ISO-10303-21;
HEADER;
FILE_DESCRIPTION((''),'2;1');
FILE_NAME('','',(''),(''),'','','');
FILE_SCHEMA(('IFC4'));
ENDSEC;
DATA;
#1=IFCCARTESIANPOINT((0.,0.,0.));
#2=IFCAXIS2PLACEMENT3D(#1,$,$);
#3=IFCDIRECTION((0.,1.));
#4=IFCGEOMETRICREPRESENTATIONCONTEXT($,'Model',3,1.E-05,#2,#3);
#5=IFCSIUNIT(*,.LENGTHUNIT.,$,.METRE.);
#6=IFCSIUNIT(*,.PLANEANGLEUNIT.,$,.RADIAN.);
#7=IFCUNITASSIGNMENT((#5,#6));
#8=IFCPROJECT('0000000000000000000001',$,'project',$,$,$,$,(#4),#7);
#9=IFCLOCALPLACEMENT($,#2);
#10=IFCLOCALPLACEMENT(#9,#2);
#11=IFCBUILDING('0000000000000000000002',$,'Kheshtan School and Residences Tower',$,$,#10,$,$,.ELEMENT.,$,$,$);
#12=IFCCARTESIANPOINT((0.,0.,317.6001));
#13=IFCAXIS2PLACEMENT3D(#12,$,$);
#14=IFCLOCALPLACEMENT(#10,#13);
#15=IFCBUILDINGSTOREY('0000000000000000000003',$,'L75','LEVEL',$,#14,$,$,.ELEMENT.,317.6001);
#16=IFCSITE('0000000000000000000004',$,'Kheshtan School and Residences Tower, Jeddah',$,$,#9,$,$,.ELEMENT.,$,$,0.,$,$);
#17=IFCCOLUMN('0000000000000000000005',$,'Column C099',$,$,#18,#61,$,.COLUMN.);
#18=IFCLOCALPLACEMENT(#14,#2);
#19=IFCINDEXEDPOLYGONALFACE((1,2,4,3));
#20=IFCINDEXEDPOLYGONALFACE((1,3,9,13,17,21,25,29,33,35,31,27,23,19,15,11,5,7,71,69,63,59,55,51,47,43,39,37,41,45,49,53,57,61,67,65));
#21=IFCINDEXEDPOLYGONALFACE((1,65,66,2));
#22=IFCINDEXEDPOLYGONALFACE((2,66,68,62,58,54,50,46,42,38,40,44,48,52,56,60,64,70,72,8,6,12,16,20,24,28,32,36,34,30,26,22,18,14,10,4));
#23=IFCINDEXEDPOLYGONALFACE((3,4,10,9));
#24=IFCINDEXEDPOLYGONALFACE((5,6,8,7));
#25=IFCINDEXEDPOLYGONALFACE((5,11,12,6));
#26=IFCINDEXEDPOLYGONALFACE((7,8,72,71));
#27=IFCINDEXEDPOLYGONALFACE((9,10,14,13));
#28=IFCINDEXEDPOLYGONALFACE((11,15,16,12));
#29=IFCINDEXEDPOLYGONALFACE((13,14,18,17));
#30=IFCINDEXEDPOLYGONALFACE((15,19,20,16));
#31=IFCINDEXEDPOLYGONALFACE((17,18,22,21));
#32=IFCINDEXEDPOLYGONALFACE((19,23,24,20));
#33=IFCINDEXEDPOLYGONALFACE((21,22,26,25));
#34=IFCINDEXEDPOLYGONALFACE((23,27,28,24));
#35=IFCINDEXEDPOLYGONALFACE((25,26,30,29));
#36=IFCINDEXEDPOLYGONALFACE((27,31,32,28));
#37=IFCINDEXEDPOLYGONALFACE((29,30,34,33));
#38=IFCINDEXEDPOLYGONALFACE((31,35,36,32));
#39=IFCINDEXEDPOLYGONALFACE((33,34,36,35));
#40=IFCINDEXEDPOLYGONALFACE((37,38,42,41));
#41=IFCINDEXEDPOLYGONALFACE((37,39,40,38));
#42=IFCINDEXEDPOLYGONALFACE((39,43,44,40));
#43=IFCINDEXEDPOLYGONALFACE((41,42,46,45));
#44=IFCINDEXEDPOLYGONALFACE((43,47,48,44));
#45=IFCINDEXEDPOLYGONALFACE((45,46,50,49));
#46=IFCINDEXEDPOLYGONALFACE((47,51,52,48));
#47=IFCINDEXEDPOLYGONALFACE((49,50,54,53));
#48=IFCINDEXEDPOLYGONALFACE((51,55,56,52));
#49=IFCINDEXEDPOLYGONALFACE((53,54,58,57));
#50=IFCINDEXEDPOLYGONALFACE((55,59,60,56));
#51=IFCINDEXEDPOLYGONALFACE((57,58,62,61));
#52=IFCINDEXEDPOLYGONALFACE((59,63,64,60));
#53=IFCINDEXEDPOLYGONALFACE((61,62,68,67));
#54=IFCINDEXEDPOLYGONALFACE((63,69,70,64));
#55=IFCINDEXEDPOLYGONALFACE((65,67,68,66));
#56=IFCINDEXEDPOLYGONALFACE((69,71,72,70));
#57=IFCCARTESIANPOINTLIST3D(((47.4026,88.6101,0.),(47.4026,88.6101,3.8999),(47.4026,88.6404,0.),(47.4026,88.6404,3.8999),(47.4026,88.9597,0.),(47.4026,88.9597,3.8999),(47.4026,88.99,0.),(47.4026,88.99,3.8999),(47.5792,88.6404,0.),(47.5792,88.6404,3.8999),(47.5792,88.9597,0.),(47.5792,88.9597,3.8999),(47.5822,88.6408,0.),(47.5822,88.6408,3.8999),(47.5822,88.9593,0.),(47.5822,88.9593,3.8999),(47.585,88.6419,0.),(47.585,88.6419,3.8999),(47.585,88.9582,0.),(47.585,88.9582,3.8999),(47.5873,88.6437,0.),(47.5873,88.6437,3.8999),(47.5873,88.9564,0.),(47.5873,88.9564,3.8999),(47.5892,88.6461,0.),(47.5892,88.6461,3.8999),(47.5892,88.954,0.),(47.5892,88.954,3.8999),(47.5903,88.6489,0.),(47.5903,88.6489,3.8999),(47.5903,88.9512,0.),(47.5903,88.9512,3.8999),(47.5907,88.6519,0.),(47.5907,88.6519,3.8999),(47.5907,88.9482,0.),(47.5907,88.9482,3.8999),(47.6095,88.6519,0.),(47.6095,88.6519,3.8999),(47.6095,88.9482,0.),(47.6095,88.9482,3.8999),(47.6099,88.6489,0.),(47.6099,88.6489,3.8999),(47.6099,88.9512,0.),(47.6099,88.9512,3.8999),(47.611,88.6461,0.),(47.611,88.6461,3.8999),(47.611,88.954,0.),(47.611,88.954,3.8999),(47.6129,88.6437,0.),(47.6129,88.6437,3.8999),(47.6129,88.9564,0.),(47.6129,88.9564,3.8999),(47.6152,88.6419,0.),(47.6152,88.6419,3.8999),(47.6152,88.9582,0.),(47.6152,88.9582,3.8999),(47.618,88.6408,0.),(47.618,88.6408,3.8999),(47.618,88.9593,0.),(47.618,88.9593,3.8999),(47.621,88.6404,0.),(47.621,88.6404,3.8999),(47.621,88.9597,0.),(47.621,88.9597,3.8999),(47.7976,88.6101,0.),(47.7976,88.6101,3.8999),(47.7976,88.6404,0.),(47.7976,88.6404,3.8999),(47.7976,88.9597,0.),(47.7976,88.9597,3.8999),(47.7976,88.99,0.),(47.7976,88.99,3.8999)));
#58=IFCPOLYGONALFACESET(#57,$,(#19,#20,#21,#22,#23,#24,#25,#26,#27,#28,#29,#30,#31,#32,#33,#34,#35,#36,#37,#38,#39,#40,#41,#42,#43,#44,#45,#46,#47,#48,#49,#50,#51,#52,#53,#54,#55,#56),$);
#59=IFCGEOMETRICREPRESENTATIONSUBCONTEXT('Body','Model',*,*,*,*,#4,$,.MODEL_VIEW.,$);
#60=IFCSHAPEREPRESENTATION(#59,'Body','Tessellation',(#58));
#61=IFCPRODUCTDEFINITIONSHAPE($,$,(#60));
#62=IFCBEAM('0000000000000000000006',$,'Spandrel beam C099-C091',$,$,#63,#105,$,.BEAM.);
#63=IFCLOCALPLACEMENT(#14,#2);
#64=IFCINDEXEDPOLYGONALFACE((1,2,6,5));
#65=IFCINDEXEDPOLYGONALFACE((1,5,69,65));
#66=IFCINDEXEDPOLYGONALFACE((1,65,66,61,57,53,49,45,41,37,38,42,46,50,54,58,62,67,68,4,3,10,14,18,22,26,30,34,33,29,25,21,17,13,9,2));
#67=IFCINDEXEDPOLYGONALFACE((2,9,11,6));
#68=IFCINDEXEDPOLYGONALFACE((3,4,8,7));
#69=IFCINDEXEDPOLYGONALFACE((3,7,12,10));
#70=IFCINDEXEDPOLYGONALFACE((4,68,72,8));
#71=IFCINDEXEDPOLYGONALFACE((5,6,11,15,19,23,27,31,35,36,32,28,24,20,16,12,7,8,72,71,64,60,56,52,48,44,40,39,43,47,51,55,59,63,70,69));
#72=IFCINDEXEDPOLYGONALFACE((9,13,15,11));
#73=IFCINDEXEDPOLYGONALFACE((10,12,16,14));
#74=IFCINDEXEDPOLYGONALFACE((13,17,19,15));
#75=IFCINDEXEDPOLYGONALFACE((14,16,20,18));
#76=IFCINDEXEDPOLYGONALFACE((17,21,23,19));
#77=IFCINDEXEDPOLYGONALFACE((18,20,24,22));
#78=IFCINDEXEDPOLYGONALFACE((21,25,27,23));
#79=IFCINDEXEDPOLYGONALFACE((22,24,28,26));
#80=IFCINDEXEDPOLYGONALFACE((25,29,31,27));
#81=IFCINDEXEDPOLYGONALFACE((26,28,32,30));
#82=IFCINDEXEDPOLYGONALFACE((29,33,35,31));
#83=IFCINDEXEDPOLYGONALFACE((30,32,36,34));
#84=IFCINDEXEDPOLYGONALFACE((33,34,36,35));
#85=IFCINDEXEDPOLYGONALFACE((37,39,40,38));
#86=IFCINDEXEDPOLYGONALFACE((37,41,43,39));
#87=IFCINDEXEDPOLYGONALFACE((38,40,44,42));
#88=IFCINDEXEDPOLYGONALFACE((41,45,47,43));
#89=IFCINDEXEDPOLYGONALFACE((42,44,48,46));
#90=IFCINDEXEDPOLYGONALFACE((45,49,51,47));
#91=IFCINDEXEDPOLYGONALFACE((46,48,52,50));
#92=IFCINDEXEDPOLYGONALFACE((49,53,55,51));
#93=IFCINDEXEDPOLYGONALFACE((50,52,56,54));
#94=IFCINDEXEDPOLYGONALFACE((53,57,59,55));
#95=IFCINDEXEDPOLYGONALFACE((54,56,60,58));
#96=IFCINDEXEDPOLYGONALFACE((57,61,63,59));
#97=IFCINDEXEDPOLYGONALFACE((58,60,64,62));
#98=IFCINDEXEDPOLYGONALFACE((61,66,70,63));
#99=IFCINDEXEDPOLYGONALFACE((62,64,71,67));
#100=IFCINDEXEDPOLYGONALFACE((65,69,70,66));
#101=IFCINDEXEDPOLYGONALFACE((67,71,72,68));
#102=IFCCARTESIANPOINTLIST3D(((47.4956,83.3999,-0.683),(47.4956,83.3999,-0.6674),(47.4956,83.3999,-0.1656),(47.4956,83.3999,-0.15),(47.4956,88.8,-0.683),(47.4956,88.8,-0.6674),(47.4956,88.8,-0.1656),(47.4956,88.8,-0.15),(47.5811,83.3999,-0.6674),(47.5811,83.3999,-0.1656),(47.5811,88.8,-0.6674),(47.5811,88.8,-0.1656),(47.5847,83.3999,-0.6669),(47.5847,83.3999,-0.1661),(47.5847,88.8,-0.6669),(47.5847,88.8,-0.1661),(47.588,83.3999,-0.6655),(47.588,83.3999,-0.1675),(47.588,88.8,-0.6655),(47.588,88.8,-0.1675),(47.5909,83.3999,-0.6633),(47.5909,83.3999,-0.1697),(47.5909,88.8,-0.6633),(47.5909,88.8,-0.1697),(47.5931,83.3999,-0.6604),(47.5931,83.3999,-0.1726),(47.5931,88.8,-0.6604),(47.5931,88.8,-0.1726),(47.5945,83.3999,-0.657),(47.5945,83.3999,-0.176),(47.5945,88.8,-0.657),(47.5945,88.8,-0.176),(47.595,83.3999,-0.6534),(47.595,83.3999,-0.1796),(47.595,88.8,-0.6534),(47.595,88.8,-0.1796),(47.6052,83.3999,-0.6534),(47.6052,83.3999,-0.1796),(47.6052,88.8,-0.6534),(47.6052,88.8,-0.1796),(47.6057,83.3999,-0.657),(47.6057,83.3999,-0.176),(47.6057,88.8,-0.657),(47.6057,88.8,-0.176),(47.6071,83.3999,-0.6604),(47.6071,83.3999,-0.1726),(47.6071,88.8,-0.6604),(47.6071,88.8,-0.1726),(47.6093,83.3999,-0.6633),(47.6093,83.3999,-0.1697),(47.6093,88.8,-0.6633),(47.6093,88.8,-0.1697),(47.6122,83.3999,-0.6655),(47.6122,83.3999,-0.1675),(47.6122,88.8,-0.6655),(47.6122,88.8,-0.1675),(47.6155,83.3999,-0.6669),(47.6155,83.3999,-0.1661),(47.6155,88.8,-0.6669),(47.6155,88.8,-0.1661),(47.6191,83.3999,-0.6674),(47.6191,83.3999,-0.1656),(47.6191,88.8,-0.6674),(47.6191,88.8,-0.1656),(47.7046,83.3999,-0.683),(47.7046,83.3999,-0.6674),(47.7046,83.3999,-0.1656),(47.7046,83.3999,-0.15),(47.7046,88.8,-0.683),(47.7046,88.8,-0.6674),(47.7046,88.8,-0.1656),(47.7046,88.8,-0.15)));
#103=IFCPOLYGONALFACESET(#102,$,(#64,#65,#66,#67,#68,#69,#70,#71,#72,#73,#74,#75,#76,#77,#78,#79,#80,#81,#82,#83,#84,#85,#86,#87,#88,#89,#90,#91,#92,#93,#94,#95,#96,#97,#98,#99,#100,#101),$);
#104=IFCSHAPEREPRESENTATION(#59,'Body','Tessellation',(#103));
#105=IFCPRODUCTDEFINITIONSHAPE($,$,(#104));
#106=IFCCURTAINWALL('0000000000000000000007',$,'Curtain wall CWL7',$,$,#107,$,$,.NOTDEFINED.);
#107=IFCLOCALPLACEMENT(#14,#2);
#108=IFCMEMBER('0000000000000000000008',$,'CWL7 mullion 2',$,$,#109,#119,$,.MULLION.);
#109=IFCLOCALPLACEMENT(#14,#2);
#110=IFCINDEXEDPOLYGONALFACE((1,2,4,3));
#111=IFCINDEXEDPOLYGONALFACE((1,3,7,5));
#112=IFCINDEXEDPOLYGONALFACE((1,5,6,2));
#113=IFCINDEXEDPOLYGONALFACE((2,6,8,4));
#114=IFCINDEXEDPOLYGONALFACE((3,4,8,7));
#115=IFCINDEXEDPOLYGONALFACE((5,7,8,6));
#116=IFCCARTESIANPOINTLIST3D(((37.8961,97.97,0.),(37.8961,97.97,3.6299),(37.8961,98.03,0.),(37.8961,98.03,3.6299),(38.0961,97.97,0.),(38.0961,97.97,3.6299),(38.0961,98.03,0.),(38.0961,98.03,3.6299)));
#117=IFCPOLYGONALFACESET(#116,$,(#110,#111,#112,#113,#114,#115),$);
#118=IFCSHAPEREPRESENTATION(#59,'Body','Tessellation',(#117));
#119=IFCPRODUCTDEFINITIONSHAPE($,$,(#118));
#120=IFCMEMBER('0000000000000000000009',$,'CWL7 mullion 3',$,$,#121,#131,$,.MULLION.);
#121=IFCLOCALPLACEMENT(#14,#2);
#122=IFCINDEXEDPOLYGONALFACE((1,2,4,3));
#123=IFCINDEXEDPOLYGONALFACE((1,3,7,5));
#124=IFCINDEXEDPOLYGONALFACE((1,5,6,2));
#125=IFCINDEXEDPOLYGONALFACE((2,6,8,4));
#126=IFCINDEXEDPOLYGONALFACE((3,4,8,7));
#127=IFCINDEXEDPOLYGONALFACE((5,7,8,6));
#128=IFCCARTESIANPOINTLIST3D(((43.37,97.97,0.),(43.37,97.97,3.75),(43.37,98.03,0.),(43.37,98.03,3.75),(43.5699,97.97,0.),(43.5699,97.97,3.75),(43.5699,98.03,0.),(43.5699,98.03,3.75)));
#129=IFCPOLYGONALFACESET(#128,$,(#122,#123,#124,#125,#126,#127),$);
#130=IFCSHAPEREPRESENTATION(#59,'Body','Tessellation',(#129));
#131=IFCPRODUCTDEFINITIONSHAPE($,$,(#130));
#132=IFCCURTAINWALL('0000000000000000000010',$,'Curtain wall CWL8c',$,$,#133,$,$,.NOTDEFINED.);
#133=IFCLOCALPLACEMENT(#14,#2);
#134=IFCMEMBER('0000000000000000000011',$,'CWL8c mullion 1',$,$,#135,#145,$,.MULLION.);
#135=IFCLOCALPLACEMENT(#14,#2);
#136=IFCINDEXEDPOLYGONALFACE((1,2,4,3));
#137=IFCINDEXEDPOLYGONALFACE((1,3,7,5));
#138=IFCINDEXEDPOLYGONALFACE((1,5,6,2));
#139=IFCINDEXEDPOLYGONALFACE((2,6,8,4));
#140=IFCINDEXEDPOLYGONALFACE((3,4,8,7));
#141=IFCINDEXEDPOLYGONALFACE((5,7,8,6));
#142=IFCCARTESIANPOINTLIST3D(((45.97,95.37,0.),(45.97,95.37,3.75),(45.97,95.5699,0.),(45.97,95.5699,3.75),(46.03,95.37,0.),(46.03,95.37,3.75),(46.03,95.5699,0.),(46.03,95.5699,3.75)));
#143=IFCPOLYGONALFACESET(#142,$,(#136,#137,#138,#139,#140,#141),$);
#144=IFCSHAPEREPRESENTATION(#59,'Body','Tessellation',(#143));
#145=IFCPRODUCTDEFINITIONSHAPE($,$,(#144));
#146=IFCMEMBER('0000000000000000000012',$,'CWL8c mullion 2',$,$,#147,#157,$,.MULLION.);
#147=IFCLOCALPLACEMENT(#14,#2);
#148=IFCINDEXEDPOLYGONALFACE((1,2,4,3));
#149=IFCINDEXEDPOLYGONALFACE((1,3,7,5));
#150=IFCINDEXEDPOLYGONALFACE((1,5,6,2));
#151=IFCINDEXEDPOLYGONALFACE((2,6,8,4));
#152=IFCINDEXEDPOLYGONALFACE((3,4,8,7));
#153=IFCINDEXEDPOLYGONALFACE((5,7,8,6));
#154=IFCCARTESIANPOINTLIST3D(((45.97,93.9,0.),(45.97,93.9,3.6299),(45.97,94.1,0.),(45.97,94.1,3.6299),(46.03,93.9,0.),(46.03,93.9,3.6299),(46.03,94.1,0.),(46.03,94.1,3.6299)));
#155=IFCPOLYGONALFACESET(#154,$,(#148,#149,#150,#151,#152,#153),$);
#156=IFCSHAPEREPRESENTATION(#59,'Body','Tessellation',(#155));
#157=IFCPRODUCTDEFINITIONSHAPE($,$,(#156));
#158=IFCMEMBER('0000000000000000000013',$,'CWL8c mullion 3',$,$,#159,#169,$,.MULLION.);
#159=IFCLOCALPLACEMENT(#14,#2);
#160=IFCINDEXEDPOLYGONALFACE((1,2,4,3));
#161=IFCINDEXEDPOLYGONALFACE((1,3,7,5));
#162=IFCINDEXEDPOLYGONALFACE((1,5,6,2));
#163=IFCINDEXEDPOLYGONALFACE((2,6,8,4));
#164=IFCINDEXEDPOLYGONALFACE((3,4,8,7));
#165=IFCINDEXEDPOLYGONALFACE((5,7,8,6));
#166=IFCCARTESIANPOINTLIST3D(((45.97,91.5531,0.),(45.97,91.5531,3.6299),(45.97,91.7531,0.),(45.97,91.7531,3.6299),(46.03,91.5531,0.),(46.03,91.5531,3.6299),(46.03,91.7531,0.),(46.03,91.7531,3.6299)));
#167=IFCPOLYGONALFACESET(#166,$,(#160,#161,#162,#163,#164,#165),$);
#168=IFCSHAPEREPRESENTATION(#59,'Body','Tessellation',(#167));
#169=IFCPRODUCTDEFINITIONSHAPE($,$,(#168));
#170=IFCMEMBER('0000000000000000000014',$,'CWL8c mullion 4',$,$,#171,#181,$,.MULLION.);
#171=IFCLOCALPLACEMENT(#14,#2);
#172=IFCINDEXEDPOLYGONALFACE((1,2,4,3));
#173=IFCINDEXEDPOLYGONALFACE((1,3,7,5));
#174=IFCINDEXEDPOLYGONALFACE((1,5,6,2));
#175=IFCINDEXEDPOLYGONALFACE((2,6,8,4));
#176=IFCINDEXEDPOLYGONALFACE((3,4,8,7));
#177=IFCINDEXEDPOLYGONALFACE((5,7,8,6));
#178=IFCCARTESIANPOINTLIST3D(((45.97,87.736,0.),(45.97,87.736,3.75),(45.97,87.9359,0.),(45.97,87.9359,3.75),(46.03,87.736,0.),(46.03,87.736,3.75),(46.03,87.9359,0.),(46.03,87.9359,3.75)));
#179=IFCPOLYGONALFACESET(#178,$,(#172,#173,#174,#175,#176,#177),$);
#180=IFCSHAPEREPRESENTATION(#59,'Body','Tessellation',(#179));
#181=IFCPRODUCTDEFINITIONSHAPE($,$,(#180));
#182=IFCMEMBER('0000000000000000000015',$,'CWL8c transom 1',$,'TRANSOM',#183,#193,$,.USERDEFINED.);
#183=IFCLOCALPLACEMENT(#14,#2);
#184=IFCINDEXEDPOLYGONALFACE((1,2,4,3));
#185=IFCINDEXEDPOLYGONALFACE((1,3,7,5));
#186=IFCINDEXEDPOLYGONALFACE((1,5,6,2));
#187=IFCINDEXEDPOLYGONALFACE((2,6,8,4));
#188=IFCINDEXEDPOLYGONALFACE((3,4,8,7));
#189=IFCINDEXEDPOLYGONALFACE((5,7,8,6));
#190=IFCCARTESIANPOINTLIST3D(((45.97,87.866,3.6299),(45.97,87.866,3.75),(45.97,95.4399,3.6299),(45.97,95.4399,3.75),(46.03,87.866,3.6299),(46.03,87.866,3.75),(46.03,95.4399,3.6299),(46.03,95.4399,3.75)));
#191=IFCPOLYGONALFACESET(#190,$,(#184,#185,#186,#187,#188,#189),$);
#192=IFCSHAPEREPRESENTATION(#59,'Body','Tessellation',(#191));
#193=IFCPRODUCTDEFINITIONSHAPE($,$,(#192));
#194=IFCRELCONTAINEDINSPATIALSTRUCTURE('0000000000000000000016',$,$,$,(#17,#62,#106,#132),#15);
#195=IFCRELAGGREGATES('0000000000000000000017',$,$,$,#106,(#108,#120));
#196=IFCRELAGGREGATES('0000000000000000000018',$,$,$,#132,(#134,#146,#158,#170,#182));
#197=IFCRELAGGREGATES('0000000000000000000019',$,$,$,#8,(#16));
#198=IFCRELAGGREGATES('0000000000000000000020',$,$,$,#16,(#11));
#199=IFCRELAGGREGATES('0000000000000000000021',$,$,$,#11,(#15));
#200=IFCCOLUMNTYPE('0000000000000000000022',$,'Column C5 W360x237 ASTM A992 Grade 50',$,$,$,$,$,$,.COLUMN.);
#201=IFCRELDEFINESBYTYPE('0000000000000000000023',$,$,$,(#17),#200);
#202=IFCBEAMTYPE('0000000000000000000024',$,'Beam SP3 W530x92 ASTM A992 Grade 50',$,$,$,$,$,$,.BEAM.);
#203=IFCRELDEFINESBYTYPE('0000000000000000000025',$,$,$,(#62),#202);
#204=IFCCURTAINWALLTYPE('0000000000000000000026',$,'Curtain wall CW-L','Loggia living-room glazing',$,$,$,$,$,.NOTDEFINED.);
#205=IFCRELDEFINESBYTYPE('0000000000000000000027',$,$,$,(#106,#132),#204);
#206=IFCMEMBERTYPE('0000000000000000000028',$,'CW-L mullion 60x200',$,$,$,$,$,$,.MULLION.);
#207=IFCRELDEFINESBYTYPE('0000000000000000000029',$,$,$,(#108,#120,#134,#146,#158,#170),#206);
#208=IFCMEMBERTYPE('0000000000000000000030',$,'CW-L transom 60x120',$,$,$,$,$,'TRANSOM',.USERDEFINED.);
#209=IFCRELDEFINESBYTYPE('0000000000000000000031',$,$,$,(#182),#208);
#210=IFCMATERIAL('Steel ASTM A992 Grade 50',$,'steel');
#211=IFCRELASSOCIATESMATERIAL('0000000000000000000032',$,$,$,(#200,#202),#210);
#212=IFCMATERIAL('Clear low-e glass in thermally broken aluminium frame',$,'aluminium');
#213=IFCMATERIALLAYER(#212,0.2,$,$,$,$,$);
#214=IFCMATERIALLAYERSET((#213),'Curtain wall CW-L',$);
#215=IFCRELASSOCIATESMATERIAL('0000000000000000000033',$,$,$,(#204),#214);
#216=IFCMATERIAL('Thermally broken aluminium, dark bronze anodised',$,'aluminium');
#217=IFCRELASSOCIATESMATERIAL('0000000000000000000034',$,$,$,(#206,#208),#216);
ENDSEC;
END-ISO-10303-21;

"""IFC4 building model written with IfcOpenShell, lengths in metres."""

from ifc_helpers import new_model, si_unit, direction, frame, origin, origin_2d, place, context, subcontext, project, spatial, rectangle, i_section, extrude, material, layer, layer_set, material_profile, profile_set, type_object, element, aggregate, save


model = new_model("IFC4")

# Units and contexts
model_context = context("Model", 3, precision=1e-05, world=origin(), true_north=direction((0.0, 1.0)))
body_context = subcontext(model_context, "Body", "Model", "MODEL_VIEW")
ifc_project = project(units=[si_unit("LENGTHUNIT", "METRE"), si_unit("PLANEANGLEUNIT", "RADIAN")], contexts=[model_context])

# Site, building, storey
site_placement = place(None, origin())
site = spatial("IfcSite", under=ifc_project, at=site_placement, Name="Kheshtan School and Residences Tower, Jeddah", CompositionType="ELEMENT", RefElevation=0.0)
building_placement = place(site_placement, origin())
building = spatial("IfcBuilding", under=site, at=building_placement, Name="Kheshtan School and Residences Tower", CompositionType="ELEMENT")
storey_placement = place(building_placement, frame((0.0, 0.0, 317.6001)))
storey = spatial("IfcBuildingStorey", under=building, at=storey_placement, Name="L75", Description="LEVEL", CompositionType="ELEMENT", Elevation=317.6001)

# Column
ifc_material_1 = material(Name="Steel ASTM A992 Grade 50", Category="steel")
ifc_material_profile_1 = material_profile(ifc_material_1, i_section(OverallWidth=0.395, OverallDepth=0.3799, WebThickness=0.0188, FlangeThickness=0.0303, FilletRadius=0.0115, at=origin_2d()), Name="W360x237")
ifc_profile_set_1 = profile_set([ifc_material_profile_1], Name="Steel ASTM A992 Grade 50")
column_type = type_object("IfcColumnType", Name="Column C5 W360x237 ASTM A992 Grade 50", PredefinedType="COLUMN", material=ifc_profile_set_1)
column_placement = place(storey_placement, frame((47.6001, 88.8, 0.0), z_axis=(0.0, 0.0, 1.0), x_axis=(1.0, 0.0, 0.0)))
element("IfcColumn", 1, at=column_placement, inside=storey, type_object=column_type, Name="Column C099", PredefinedType="COLUMN", context=body_context, shape_type="SweptSolid", body=[
    extrude(i_section(OverallWidth=0.395, OverallDepth=0.3799, WebThickness=0.0188, FlangeThickness=0.0303, FilletRadius=0.0115, at=origin_2d()), origin(), (0.0, 0.0, 1.0), 3.8999),
])

# Beam
ifc_material_profile_2 = material_profile(ifc_material_1, i_section(OverallWidth=0.209, OverallDepth=0.533, WebThickness=0.0103, FlangeThickness=0.0156, FilletRadius=0.0139, at=origin_2d()), Name="W530x92")
ifc_profile_set_2 = profile_set([ifc_material_profile_2], Name="Steel ASTM A992 Grade 50")
beam_type = type_object("IfcBeamType", Name="Beam SP3 W530x92 ASTM A992 Grade 50", PredefinedType="BEAM", material=ifc_profile_set_2)
beam_placement = place(storey_placement, frame((47.6001, 88.8, -0.4165), z_axis=(0.0, -1.0, 0.0), x_axis=(1.0, 0.0, 0.0)))
element("IfcBeam", 2, at=beam_placement, inside=storey, type_object=beam_type, Name="Spandrel beam C099-C091", PredefinedType="BEAM", context=body_context, shape_type="SweptSolid", body=[
    extrude(i_section(OverallWidth=0.209, OverallDepth=0.533, WebThickness=0.0103, FlangeThickness=0.0156, FilletRadius=0.0139, at=origin_2d()), origin(), (0.0, 0.0, 1.0), 5.4001),
])

# Curtain walls, members
ifc_material_2 = material(Name="Clear low-e glass in thermally broken aluminium frame", Category="aluminium")
ifc_layer_1 = layer(ifc_material_2, 0.2)
ifc_layer_set_1 = layer_set([ifc_layer_1], Name="Curtain wall CW-L")
curtain_wall_type = type_object("IfcCurtainWallType", Name="Curtain wall CW-L", Description="Loggia living-room glazing", PredefinedType="NOTDEFINED", material=ifc_layer_set_1)
curtain_wall_1_placement = place(storey_placement, origin())
curtain_wall_1 = element("IfcCurtainWall", 3, at=curtain_wall_1_placement, inside=storey, type_object=curtain_wall_type, Name="Curtain wall CWL7", PredefinedType="NOTDEFINED")
ifc_material_3 = material(Name="Thermally broken aluminium, dark bronze anodised", Category="aluminium")
ifc_material_profile_3 = material_profile(ifc_material_3, rectangle(XDim=0.0601, YDim=0.2, at=origin_2d()), Name="CW-L mullion 60x200")
ifc_profile_set_3 = profile_set([ifc_material_profile_3], Name="Thermally broken aluminium, dark bronze anodised")
member_type_1 = type_object("IfcMemberType", Name="CW-L mullion 60x200", PredefinedType="MULLION", material=ifc_profile_set_3)
member_1_placement = place(storey_placement, frame((37.9961, 98.0, 0.0), z_axis=(0.0, 0.0, 1.0), x_axis=(0.0, 1.0, 0.0)))
member_1 = element("IfcMember", 4, at=member_1_placement, type_object=member_type_1, Name="CWL7 mullion 2", PredefinedType="MULLION", context=body_context, shape_type="SweptSolid", body=[
    extrude(rectangle(XDim=0.0601, YDim=0.2, at=origin_2d()), origin(), (0.0, 0.0, 1.0), 3.6299),
])
member_2_placement = place(storey_placement, frame((43.47, 98.0, 0.0), z_axis=(0.0, 0.0, 1.0), x_axis=(0.0, 1.0, 0.0)))
member_2 = element("IfcMember", 5, at=member_2_placement, type_object=member_type_1, Name="CWL7 mullion 3", PredefinedType="MULLION", context=body_context, shape_type="SweptSolid", body=[
    extrude(rectangle(XDim=0.0601, YDim=0.2, at=origin_2d()), origin(), (0.0, 0.0, 1.0), 3.75),
])
curtain_wall_2_placement = place(storey_placement, origin())
curtain_wall_2 = element("IfcCurtainWall", 6, at=curtain_wall_2_placement, inside=storey, type_object=curtain_wall_type, Name="Curtain wall CWL8c", PredefinedType="NOTDEFINED")
member_3_placement = place(storey_placement, frame((46.0, 95.47, 0.0), z_axis=(0.0, 0.0, 1.0), x_axis=(1.0, 0.0, 0.0)))
member_3 = element("IfcMember", 7, at=member_3_placement, type_object=member_type_1, Name="CWL8c mullion 1", PredefinedType="MULLION", context=body_context, shape_type="SweptSolid", body=[
    extrude(rectangle(XDim=0.0601, YDim=0.2, at=origin_2d()), origin(), (0.0, 0.0, 1.0), 3.75),
])
member_4_placement = place(storey_placement, frame((46.0, 94.0, 0.0), z_axis=(0.0, 0.0, 1.0), x_axis=(1.0, 0.0, 0.0)))
member_4 = element("IfcMember", 8, at=member_4_placement, type_object=member_type_1, Name="CWL8c mullion 2", PredefinedType="MULLION", context=body_context, shape_type="SweptSolid", body=[
    extrude(rectangle(XDim=0.0601, YDim=0.2, at=origin_2d()), origin(), (0.0, 0.0, 1.0), 3.6299),
])
member_5_placement = place(storey_placement, frame((46.0, 91.6531, 0.0), z_axis=(0.0, 0.0, 1.0), x_axis=(1.0, 0.0, 0.0)))
member_5 = element("IfcMember", 9, at=member_5_placement, type_object=member_type_1, Name="CWL8c mullion 3", PredefinedType="MULLION", context=body_context, shape_type="SweptSolid", body=[
    extrude(rectangle(XDim=0.0601, YDim=0.2, at=origin_2d()), origin(), (0.0, 0.0, 1.0), 3.6299),
])
member_6_placement = place(storey_placement, frame((46.0, 87.8359, 0.0), z_axis=(0.0, 0.0, 1.0), x_axis=(1.0, 0.0, 0.0)))
member_6 = element("IfcMember", 10, at=member_6_placement, type_object=member_type_1, Name="CWL8c mullion 4", PredefinedType="MULLION", context=body_context, shape_type="SweptSolid", body=[
    extrude(rectangle(XDim=0.0601, YDim=0.2, at=origin_2d()), origin(), (0.0, 0.0, 1.0), 3.75),
])
ifc_material_profile_4 = material_profile(ifc_material_3, rectangle(XDim=0.0601, YDim=0.1201, at=origin_2d()), Name="CW-L transom 60x120")
ifc_profile_set_4 = profile_set([ifc_material_profile_4], Name="Thermally broken aluminium, dark bronze anodised")
member_type_2 = type_object("IfcMemberType", Name="CW-L transom 60x120", ElementType="TRANSOM", PredefinedType="USERDEFINED", material=ifc_profile_set_4)
member_7_placement = place(storey_placement, frame((46.0, 95.4399, 3.6899), z_axis=(0.0, -1.0, 0.0), x_axis=(1.0, 0.0, 0.0)))
member_7 = element("IfcMember", 11, at=member_7_placement, type_object=member_type_2, Name="CWL8c transom 1", ObjectType="TRANSOM", PredefinedType="USERDEFINED", context=body_context, shape_type="SweptSolid", body=[
    extrude(rectangle(XDim=0.0601, YDim=0.1201, at=origin_2d()), origin(), (0.0, 0.0, 1.0), 7.574),
])

aggregate(curtain_wall_1, [member_1, member_2])
aggregate(curtain_wall_2, [member_3, member_4, member_5, member_6, member_7])

save(model, "model.ifc")
